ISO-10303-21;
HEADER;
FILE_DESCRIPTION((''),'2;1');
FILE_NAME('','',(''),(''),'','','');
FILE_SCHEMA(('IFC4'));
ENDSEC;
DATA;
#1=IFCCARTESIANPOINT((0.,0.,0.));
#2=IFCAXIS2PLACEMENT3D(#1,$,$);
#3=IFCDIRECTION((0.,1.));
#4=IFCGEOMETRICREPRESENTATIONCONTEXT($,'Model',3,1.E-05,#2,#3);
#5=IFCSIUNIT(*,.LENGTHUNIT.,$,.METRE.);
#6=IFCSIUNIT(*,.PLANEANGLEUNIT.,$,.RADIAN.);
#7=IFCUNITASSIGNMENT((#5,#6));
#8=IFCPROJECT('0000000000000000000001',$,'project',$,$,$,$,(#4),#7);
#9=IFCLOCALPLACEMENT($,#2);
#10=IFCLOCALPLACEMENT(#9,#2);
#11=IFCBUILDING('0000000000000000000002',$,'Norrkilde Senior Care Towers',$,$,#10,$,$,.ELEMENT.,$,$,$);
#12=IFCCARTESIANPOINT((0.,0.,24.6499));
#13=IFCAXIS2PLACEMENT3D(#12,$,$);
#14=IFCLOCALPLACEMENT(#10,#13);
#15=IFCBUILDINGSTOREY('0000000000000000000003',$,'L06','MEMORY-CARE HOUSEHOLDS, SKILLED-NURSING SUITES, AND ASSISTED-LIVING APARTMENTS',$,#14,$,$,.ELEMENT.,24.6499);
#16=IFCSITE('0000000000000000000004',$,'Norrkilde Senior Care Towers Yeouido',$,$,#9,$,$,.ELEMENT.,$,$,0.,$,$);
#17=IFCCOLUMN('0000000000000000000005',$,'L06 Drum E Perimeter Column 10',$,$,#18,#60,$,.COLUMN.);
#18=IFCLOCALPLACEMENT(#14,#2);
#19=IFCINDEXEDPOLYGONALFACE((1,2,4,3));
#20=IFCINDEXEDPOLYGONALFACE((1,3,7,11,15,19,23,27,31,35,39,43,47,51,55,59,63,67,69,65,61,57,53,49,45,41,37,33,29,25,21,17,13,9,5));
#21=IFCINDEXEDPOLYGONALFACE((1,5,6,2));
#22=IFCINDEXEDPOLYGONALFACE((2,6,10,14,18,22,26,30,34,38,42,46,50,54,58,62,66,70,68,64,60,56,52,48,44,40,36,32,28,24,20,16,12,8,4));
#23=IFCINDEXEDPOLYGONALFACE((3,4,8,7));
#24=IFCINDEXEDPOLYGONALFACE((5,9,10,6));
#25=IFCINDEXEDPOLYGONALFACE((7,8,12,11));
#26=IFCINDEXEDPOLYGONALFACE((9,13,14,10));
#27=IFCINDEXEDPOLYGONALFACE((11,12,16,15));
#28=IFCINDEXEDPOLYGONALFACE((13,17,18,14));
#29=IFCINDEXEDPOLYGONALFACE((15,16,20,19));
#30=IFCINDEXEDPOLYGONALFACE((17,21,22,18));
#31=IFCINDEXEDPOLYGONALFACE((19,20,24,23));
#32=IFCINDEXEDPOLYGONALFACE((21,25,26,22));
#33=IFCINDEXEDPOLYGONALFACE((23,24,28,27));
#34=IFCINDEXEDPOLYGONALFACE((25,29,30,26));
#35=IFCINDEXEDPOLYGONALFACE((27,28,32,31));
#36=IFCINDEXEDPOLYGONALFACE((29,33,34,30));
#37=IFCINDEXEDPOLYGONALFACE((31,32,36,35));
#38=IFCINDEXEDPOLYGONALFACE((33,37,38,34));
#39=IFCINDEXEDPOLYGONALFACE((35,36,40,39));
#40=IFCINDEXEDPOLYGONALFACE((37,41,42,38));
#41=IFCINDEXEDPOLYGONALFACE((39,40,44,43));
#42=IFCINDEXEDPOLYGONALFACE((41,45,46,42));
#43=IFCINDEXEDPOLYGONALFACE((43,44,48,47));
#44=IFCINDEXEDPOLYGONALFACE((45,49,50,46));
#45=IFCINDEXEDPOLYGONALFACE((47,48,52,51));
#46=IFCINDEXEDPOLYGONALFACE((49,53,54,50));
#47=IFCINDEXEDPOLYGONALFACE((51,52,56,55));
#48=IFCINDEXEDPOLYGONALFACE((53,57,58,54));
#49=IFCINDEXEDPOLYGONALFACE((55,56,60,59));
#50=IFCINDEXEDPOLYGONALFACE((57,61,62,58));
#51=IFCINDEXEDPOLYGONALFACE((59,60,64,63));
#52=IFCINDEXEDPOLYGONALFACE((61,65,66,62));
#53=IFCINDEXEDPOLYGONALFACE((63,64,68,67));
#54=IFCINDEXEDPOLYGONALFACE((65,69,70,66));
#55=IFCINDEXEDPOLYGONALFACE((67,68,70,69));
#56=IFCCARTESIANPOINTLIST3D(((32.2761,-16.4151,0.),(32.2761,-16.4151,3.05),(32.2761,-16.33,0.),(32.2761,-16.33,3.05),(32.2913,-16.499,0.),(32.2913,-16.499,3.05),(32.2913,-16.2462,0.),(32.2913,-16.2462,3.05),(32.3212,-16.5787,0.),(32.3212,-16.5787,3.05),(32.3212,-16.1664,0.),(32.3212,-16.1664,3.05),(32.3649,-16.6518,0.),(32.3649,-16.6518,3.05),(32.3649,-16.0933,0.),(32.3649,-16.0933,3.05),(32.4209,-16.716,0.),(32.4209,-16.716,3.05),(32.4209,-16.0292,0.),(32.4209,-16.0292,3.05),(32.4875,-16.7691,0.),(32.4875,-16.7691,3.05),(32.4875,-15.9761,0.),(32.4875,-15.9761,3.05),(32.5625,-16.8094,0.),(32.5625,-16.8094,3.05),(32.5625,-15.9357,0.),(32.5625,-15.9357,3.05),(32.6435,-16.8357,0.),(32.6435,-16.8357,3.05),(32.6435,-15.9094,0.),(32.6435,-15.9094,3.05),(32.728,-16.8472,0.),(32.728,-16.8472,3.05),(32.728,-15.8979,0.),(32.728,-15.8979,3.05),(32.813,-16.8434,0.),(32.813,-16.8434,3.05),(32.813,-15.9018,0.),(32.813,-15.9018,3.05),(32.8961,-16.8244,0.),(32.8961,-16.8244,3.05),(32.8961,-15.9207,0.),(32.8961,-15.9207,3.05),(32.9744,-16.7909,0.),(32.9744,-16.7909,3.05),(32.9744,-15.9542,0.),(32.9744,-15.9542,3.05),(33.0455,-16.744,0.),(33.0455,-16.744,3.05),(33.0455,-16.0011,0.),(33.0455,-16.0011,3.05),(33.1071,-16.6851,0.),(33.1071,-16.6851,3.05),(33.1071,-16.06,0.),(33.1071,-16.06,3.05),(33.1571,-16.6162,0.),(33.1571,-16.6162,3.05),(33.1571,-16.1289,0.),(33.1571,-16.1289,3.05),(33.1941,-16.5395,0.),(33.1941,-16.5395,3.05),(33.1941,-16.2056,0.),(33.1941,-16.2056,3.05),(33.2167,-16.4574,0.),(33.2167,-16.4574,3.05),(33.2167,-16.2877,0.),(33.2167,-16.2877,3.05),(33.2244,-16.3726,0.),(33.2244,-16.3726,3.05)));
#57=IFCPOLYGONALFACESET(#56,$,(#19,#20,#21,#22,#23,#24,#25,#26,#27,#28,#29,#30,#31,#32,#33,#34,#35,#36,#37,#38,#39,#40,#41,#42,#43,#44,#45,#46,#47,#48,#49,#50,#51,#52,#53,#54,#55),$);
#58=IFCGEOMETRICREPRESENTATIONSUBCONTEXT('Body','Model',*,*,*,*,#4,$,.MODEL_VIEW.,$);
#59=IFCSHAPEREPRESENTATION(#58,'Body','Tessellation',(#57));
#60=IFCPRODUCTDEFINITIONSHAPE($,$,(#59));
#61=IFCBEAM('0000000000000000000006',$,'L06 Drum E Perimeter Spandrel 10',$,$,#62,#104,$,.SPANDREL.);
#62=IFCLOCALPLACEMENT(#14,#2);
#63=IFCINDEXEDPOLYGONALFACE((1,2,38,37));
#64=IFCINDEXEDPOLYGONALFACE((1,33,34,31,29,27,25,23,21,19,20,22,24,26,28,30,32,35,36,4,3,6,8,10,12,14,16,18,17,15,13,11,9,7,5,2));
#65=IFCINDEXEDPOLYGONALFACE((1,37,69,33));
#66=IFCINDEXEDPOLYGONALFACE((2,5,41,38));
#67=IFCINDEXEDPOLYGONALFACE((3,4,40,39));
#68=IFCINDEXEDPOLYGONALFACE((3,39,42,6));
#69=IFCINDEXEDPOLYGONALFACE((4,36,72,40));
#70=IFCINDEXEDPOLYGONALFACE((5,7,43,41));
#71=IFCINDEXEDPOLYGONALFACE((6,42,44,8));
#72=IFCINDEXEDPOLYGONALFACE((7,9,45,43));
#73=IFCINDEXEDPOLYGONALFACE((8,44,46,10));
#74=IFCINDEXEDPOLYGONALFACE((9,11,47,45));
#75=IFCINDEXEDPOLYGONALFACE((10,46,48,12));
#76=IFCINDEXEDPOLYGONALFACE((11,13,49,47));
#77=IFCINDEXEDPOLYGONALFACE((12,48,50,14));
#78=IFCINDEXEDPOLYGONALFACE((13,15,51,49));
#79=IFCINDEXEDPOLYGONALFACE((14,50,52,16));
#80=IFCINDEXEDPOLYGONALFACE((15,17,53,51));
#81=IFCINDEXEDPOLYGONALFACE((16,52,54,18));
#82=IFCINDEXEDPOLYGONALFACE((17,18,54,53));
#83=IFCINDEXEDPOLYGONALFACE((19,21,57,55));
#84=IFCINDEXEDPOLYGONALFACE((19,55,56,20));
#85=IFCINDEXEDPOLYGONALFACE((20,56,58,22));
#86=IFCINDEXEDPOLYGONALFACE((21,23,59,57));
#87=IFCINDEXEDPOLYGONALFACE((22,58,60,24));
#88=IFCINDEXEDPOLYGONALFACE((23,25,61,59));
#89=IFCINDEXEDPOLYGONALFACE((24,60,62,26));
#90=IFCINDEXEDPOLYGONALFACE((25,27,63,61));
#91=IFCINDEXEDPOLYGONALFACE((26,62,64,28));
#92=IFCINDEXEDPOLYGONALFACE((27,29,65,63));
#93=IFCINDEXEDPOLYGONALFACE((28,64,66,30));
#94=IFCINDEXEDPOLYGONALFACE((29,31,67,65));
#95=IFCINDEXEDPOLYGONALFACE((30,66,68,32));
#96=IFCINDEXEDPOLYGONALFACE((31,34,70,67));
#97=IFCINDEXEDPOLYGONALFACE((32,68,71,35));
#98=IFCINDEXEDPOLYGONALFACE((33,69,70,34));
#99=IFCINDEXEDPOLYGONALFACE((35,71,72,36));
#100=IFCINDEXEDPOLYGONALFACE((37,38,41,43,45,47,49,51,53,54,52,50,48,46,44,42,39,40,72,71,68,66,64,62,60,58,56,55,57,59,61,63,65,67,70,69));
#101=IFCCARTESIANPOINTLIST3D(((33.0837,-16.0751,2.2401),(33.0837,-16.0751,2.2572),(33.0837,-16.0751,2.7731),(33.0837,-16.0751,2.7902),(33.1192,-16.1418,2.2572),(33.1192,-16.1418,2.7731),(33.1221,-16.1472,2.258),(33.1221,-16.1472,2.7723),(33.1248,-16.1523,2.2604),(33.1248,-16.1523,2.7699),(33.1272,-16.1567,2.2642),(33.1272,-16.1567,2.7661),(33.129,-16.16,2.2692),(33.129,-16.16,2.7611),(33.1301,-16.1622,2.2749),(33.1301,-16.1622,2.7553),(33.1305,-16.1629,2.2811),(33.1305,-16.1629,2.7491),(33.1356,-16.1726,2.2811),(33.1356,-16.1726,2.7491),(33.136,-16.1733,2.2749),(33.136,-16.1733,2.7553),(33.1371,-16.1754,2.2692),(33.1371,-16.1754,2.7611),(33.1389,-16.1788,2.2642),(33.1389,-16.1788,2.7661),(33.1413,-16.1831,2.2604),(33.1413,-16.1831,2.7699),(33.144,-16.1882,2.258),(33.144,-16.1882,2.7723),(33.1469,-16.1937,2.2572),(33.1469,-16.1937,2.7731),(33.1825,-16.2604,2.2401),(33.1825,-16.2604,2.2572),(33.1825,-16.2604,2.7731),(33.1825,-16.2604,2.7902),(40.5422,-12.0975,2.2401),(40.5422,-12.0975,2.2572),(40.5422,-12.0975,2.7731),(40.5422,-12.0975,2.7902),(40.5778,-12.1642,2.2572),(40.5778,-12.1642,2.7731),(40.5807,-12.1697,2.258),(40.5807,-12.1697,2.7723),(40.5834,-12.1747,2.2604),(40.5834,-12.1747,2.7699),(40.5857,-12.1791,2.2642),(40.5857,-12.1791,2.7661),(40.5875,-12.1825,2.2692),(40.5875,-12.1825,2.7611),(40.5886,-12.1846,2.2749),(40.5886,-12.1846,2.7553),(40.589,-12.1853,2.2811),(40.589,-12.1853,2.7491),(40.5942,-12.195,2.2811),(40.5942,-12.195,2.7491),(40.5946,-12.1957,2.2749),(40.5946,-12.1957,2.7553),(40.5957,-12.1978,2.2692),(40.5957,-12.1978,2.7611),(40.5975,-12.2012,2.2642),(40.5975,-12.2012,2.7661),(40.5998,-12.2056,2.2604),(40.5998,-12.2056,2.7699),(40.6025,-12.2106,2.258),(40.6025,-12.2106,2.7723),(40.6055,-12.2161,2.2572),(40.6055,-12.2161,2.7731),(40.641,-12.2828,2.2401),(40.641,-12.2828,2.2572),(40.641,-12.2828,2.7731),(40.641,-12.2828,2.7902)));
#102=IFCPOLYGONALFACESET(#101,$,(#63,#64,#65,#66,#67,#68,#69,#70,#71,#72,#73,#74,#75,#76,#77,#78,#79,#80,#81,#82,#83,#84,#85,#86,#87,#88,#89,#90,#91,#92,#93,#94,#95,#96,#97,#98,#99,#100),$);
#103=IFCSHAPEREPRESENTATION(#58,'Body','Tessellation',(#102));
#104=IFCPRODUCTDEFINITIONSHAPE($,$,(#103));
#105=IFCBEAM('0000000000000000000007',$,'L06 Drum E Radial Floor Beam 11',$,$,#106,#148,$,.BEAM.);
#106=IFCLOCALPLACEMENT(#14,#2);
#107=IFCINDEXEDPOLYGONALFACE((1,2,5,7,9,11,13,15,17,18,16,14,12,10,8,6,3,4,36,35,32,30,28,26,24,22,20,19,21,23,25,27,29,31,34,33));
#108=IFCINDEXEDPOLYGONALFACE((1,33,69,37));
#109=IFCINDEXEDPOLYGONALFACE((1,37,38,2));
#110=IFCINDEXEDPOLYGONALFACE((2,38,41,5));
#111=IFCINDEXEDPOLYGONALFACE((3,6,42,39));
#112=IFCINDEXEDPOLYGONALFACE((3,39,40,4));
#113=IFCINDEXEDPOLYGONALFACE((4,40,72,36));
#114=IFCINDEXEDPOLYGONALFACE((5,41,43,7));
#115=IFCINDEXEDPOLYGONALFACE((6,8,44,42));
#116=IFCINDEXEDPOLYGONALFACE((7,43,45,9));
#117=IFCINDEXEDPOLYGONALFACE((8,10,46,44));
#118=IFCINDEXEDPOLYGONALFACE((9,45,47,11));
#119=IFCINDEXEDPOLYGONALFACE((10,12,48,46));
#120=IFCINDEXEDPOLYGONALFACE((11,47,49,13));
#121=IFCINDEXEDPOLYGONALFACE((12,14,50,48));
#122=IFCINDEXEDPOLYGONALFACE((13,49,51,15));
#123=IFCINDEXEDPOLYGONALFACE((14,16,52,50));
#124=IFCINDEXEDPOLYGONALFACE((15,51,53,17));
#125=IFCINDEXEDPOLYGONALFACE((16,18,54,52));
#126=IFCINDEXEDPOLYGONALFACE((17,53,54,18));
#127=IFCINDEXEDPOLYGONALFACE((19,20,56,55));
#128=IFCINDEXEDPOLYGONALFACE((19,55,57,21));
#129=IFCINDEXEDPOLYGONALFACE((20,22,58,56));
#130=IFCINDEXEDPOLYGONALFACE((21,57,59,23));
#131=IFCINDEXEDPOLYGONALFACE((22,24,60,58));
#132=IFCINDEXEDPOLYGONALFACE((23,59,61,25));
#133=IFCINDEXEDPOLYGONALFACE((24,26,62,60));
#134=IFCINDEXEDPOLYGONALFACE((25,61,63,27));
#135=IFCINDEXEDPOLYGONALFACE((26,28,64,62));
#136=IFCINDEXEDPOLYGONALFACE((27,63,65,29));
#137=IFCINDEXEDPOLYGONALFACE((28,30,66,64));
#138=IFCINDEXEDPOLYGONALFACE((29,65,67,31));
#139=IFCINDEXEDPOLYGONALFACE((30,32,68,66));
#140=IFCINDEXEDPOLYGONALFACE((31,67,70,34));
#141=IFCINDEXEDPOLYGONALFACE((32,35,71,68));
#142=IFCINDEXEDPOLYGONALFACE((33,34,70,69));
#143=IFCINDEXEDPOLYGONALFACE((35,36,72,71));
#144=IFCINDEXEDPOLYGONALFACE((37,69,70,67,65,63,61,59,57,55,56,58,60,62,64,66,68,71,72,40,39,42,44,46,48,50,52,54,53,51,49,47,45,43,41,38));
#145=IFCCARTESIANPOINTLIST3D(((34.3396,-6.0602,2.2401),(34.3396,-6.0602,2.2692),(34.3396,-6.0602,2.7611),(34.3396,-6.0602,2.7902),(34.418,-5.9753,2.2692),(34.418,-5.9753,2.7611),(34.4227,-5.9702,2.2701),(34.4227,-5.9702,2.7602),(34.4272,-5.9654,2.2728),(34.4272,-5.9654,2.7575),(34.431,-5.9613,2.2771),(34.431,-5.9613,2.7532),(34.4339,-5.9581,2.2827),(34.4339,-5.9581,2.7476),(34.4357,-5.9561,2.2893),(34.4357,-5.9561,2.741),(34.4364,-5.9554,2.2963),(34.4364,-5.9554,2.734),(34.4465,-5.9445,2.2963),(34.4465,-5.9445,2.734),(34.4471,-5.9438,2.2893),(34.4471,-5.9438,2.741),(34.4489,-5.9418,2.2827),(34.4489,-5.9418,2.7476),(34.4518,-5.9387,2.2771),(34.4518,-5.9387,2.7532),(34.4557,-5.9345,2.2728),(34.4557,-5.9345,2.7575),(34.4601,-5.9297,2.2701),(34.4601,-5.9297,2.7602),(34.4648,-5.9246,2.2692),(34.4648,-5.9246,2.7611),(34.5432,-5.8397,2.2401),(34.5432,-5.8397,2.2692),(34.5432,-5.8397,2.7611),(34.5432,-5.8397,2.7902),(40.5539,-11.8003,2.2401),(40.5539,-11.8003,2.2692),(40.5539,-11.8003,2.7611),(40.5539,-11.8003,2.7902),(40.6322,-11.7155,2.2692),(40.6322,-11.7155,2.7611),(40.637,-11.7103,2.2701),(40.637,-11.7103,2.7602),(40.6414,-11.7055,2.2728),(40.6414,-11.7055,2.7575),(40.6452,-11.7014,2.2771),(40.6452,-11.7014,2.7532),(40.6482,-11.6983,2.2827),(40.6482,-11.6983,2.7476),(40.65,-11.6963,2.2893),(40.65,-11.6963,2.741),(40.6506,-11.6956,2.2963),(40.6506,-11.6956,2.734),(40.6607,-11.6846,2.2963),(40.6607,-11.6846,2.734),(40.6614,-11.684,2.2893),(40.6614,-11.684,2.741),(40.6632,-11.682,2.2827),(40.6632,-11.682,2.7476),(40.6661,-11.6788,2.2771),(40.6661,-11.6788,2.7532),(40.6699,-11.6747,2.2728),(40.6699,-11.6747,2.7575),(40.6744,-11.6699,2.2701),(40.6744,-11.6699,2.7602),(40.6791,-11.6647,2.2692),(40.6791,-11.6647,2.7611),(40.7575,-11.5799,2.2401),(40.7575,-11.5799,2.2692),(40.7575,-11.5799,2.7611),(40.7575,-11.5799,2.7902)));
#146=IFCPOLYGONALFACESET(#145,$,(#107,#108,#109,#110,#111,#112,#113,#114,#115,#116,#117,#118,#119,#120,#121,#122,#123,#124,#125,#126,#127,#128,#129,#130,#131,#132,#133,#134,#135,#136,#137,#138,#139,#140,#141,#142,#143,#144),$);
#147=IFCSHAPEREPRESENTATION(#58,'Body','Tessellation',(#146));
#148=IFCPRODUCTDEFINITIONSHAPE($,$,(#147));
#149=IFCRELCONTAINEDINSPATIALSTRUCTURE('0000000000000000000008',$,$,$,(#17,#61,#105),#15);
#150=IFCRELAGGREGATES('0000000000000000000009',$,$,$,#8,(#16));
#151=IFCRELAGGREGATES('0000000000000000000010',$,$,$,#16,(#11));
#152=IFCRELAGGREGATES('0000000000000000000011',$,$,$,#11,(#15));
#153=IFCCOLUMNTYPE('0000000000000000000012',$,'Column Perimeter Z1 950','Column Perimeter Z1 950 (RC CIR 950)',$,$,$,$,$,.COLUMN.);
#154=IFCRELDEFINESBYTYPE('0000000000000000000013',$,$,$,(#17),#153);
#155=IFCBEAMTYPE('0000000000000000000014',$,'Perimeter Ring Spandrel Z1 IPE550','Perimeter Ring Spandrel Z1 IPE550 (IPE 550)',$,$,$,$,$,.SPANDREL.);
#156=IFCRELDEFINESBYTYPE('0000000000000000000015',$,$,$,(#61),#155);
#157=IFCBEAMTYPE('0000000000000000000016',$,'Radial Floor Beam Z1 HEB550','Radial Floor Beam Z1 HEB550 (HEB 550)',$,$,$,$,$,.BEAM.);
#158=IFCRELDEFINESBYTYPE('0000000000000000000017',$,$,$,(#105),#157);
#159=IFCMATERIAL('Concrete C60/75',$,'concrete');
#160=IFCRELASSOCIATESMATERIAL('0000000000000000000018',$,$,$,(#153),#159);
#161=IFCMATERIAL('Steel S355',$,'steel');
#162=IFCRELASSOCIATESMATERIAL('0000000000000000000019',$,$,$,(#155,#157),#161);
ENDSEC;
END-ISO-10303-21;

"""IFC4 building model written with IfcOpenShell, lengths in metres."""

from ifc_helpers import new_model, si_unit, direction, frame, origin, origin_2d, place, context, subcontext, project, spatial, circle, i_section, extrude, source, transform, mapped, material, material_profile, profile_set, type_object, type_shapes, element, save


model = new_model("IFC4")

# Units and contexts
model_context = context("Model", 3, precision=1e-05, world=origin(), true_north=direction((0.0, 1.0)))
body_context = subcontext(model_context, "Body", "Model", "MODEL_VIEW")
ifc_project = project(units=[si_unit("LENGTHUNIT", "METRE"), si_unit("PLANEANGLEUNIT", "RADIAN")], contexts=[model_context])

# Site, building, storey
site_placement = place(None, origin())
site = spatial("IfcSite", under=ifc_project, at=site_placement, Name="Norrkilde Senior Care Towers Yeouido", CompositionType="ELEMENT", RefElevation=0.0)
building_placement = place(site_placement, origin())
building = spatial("IfcBuilding", under=site, at=building_placement, Name="Norrkilde Senior Care Towers", CompositionType="ELEMENT")
storey_placement = place(building_placement, frame((0.0, 0.0, 24.6499)))
storey = spatial("IfcBuildingStorey", under=building, at=storey_placement, Name="L06", Description="MEMORY-CARE HOUSEHOLDS, SKILLED-NURSING SUITES, AND ASSISTED-LIVING APARTMENTS", CompositionType="ELEMENT", Elevation=24.6499)

# Column
ifc_material_1 = material(Name="Concrete C60/75", Category="concrete")
ifc_material_profile_1 = material_profile(ifc_material_1, circle(Radius=0.4751, at=origin_2d()), Name="RC CIR 950")
ifc_profile_set_1 = profile_set([ifc_material_profile_1], Name="Concrete C60/75")
column_type = type_object("IfcColumnType", Name="Column Perimeter Z1 950", Description="Column Perimeter Z1 950 (RC CIR 950)", PredefinedType="COLUMN", material=ifc_profile_set_1)
shared_shape_1 = source(origin(), body_context, "Body", "SweptSolid", [
    extrude(circle(Radius=0.4751, at=origin_2d()), origin(), (0.0, 0.0, 1.0), 3.05),
])
type_shapes(column_type, [shared_shape_1])
column_placement = place(storey_placement, frame((32.7493, -16.3726, 0.0), z_axis=(0.0, 0.0, 1.0), x_axis=(1.0, 0.0, 0.0)))
element("IfcColumn", 1, at=column_placement, inside=storey, type_object=column_type, Name="L06 Drum E Perimeter Column 10", PredefinedType="COLUMN", context=body_context, shape_type="MappedRepresentation", body=[
    mapped(shared_shape_1, transform((0.0, 0.0, 0.0), x_axis=(1.0, 0.0, 0.0), y_axis=(0.0, 1.0, 0.0), z_axis=(0.0, 0.0, 1.0), scale=1.0)),
])

# Beams
ifc_material_2 = material(Name="Steel S355", Category="steel")
ifc_material_profile_2 = material_profile(ifc_material_2, i_section(OverallWidth=0.21, OverallDepth=0.55, WebThickness=0.011, FlangeThickness=0.0171, FilletRadius=0.0239, at=origin_2d()), Name="IPE 550")
ifc_profile_set_2 = profile_set([ifc_material_profile_2], Name="Steel S355")
beam_type_1 = type_object("IfcBeamType", Name="Perimeter Ring Spandrel Z1 IPE550", Description="Perimeter Ring Spandrel Z1 IPE550 (IPE 550)", PredefinedType="SPANDREL", material=ifc_profile_set_2)
shared_shape_2 = source(origin(), body_context, "Body", "SweptSolid", [
    extrude(i_section(OverallWidth=0.21, OverallDepth=0.55, WebThickness=0.011, FlangeThickness=0.0171, FilletRadius=0.0239, at=origin_2d()), origin(), (0.0, 0.0, 1.0), 8.4529),
])
type_shapes(beam_type_1, [shared_shape_2])
beam_1_placement = place(storey_placement, frame((33.1331, -16.1677, 2.5151), z_axis=(0.882369, 0.470558, 0.0), x_axis=(-0.470558, 0.882369, 0.0)))
element("IfcBeam", 2, at=beam_1_placement, inside=storey, type_object=beam_type_1, Name="L06 Drum E Perimeter Spandrel 10", PredefinedType="SPANDREL", context=body_context, shape_type="MappedRepresentation", body=[
    mapped(shared_shape_2, transform((0.0, 0.0, 0.0), x_axis=(1.0, 0.0, 0.0), y_axis=(0.0, 1.0, 0.0), z_axis=(0.0, 0.0, 1.0), scale=1.0)),
])
ifc_material_profile_3 = material_profile(ifc_material_2, i_section(OverallWidth=0.3, OverallDepth=0.55, WebThickness=0.0149, FlangeThickness=0.0291, FilletRadius=0.0271, at=origin_2d()), Name="HEB 550")
ifc_profile_set_3 = profile_set([ifc_material_profile_3], Name="Steel S355")
beam_type_2 = type_object("IfcBeamType", Name="Radial Floor Beam Z1 HEB550", Description="Radial Floor Beam Z1 HEB550 (HEB 550)", PredefinedType="BEAM", material=ifc_profile_set_3)
shared_shape_3 = source(origin(), body_context, "Body", "SweptSolid", [
    extrude(i_section(OverallWidth=0.3, OverallDepth=0.55, WebThickness=0.0149, FlangeThickness=0.0291, FilletRadius=0.0271, at=origin_2d()), origin(), (0.0, 0.0, 1.0), 8.4597),
])
beam_2_placement = place(storey_placement, frame((34.4414, -5.95, 2.5151), z_axis=(0.734573, -0.678529, 0.0), x_axis=(0.678529, 0.734573, 0.0)))
element("IfcBeam", 3, at=beam_2_placement, inside=storey, type_object=beam_type_2, Name="L06 Drum E Radial Floor Beam 11", PredefinedType="BEAM", context=body_context, shape_type="MappedRepresentation", body=[
    mapped(shared_shape_3, transform((0.0, 0.0, 0.0), x_axis=(1.0, 0.0, 0.0), y_axis=(0.0, 1.0, 0.0), z_axis=(0.0, 0.0, 1.0), scale=1.0)),
])

save(model, "model.ifc")
